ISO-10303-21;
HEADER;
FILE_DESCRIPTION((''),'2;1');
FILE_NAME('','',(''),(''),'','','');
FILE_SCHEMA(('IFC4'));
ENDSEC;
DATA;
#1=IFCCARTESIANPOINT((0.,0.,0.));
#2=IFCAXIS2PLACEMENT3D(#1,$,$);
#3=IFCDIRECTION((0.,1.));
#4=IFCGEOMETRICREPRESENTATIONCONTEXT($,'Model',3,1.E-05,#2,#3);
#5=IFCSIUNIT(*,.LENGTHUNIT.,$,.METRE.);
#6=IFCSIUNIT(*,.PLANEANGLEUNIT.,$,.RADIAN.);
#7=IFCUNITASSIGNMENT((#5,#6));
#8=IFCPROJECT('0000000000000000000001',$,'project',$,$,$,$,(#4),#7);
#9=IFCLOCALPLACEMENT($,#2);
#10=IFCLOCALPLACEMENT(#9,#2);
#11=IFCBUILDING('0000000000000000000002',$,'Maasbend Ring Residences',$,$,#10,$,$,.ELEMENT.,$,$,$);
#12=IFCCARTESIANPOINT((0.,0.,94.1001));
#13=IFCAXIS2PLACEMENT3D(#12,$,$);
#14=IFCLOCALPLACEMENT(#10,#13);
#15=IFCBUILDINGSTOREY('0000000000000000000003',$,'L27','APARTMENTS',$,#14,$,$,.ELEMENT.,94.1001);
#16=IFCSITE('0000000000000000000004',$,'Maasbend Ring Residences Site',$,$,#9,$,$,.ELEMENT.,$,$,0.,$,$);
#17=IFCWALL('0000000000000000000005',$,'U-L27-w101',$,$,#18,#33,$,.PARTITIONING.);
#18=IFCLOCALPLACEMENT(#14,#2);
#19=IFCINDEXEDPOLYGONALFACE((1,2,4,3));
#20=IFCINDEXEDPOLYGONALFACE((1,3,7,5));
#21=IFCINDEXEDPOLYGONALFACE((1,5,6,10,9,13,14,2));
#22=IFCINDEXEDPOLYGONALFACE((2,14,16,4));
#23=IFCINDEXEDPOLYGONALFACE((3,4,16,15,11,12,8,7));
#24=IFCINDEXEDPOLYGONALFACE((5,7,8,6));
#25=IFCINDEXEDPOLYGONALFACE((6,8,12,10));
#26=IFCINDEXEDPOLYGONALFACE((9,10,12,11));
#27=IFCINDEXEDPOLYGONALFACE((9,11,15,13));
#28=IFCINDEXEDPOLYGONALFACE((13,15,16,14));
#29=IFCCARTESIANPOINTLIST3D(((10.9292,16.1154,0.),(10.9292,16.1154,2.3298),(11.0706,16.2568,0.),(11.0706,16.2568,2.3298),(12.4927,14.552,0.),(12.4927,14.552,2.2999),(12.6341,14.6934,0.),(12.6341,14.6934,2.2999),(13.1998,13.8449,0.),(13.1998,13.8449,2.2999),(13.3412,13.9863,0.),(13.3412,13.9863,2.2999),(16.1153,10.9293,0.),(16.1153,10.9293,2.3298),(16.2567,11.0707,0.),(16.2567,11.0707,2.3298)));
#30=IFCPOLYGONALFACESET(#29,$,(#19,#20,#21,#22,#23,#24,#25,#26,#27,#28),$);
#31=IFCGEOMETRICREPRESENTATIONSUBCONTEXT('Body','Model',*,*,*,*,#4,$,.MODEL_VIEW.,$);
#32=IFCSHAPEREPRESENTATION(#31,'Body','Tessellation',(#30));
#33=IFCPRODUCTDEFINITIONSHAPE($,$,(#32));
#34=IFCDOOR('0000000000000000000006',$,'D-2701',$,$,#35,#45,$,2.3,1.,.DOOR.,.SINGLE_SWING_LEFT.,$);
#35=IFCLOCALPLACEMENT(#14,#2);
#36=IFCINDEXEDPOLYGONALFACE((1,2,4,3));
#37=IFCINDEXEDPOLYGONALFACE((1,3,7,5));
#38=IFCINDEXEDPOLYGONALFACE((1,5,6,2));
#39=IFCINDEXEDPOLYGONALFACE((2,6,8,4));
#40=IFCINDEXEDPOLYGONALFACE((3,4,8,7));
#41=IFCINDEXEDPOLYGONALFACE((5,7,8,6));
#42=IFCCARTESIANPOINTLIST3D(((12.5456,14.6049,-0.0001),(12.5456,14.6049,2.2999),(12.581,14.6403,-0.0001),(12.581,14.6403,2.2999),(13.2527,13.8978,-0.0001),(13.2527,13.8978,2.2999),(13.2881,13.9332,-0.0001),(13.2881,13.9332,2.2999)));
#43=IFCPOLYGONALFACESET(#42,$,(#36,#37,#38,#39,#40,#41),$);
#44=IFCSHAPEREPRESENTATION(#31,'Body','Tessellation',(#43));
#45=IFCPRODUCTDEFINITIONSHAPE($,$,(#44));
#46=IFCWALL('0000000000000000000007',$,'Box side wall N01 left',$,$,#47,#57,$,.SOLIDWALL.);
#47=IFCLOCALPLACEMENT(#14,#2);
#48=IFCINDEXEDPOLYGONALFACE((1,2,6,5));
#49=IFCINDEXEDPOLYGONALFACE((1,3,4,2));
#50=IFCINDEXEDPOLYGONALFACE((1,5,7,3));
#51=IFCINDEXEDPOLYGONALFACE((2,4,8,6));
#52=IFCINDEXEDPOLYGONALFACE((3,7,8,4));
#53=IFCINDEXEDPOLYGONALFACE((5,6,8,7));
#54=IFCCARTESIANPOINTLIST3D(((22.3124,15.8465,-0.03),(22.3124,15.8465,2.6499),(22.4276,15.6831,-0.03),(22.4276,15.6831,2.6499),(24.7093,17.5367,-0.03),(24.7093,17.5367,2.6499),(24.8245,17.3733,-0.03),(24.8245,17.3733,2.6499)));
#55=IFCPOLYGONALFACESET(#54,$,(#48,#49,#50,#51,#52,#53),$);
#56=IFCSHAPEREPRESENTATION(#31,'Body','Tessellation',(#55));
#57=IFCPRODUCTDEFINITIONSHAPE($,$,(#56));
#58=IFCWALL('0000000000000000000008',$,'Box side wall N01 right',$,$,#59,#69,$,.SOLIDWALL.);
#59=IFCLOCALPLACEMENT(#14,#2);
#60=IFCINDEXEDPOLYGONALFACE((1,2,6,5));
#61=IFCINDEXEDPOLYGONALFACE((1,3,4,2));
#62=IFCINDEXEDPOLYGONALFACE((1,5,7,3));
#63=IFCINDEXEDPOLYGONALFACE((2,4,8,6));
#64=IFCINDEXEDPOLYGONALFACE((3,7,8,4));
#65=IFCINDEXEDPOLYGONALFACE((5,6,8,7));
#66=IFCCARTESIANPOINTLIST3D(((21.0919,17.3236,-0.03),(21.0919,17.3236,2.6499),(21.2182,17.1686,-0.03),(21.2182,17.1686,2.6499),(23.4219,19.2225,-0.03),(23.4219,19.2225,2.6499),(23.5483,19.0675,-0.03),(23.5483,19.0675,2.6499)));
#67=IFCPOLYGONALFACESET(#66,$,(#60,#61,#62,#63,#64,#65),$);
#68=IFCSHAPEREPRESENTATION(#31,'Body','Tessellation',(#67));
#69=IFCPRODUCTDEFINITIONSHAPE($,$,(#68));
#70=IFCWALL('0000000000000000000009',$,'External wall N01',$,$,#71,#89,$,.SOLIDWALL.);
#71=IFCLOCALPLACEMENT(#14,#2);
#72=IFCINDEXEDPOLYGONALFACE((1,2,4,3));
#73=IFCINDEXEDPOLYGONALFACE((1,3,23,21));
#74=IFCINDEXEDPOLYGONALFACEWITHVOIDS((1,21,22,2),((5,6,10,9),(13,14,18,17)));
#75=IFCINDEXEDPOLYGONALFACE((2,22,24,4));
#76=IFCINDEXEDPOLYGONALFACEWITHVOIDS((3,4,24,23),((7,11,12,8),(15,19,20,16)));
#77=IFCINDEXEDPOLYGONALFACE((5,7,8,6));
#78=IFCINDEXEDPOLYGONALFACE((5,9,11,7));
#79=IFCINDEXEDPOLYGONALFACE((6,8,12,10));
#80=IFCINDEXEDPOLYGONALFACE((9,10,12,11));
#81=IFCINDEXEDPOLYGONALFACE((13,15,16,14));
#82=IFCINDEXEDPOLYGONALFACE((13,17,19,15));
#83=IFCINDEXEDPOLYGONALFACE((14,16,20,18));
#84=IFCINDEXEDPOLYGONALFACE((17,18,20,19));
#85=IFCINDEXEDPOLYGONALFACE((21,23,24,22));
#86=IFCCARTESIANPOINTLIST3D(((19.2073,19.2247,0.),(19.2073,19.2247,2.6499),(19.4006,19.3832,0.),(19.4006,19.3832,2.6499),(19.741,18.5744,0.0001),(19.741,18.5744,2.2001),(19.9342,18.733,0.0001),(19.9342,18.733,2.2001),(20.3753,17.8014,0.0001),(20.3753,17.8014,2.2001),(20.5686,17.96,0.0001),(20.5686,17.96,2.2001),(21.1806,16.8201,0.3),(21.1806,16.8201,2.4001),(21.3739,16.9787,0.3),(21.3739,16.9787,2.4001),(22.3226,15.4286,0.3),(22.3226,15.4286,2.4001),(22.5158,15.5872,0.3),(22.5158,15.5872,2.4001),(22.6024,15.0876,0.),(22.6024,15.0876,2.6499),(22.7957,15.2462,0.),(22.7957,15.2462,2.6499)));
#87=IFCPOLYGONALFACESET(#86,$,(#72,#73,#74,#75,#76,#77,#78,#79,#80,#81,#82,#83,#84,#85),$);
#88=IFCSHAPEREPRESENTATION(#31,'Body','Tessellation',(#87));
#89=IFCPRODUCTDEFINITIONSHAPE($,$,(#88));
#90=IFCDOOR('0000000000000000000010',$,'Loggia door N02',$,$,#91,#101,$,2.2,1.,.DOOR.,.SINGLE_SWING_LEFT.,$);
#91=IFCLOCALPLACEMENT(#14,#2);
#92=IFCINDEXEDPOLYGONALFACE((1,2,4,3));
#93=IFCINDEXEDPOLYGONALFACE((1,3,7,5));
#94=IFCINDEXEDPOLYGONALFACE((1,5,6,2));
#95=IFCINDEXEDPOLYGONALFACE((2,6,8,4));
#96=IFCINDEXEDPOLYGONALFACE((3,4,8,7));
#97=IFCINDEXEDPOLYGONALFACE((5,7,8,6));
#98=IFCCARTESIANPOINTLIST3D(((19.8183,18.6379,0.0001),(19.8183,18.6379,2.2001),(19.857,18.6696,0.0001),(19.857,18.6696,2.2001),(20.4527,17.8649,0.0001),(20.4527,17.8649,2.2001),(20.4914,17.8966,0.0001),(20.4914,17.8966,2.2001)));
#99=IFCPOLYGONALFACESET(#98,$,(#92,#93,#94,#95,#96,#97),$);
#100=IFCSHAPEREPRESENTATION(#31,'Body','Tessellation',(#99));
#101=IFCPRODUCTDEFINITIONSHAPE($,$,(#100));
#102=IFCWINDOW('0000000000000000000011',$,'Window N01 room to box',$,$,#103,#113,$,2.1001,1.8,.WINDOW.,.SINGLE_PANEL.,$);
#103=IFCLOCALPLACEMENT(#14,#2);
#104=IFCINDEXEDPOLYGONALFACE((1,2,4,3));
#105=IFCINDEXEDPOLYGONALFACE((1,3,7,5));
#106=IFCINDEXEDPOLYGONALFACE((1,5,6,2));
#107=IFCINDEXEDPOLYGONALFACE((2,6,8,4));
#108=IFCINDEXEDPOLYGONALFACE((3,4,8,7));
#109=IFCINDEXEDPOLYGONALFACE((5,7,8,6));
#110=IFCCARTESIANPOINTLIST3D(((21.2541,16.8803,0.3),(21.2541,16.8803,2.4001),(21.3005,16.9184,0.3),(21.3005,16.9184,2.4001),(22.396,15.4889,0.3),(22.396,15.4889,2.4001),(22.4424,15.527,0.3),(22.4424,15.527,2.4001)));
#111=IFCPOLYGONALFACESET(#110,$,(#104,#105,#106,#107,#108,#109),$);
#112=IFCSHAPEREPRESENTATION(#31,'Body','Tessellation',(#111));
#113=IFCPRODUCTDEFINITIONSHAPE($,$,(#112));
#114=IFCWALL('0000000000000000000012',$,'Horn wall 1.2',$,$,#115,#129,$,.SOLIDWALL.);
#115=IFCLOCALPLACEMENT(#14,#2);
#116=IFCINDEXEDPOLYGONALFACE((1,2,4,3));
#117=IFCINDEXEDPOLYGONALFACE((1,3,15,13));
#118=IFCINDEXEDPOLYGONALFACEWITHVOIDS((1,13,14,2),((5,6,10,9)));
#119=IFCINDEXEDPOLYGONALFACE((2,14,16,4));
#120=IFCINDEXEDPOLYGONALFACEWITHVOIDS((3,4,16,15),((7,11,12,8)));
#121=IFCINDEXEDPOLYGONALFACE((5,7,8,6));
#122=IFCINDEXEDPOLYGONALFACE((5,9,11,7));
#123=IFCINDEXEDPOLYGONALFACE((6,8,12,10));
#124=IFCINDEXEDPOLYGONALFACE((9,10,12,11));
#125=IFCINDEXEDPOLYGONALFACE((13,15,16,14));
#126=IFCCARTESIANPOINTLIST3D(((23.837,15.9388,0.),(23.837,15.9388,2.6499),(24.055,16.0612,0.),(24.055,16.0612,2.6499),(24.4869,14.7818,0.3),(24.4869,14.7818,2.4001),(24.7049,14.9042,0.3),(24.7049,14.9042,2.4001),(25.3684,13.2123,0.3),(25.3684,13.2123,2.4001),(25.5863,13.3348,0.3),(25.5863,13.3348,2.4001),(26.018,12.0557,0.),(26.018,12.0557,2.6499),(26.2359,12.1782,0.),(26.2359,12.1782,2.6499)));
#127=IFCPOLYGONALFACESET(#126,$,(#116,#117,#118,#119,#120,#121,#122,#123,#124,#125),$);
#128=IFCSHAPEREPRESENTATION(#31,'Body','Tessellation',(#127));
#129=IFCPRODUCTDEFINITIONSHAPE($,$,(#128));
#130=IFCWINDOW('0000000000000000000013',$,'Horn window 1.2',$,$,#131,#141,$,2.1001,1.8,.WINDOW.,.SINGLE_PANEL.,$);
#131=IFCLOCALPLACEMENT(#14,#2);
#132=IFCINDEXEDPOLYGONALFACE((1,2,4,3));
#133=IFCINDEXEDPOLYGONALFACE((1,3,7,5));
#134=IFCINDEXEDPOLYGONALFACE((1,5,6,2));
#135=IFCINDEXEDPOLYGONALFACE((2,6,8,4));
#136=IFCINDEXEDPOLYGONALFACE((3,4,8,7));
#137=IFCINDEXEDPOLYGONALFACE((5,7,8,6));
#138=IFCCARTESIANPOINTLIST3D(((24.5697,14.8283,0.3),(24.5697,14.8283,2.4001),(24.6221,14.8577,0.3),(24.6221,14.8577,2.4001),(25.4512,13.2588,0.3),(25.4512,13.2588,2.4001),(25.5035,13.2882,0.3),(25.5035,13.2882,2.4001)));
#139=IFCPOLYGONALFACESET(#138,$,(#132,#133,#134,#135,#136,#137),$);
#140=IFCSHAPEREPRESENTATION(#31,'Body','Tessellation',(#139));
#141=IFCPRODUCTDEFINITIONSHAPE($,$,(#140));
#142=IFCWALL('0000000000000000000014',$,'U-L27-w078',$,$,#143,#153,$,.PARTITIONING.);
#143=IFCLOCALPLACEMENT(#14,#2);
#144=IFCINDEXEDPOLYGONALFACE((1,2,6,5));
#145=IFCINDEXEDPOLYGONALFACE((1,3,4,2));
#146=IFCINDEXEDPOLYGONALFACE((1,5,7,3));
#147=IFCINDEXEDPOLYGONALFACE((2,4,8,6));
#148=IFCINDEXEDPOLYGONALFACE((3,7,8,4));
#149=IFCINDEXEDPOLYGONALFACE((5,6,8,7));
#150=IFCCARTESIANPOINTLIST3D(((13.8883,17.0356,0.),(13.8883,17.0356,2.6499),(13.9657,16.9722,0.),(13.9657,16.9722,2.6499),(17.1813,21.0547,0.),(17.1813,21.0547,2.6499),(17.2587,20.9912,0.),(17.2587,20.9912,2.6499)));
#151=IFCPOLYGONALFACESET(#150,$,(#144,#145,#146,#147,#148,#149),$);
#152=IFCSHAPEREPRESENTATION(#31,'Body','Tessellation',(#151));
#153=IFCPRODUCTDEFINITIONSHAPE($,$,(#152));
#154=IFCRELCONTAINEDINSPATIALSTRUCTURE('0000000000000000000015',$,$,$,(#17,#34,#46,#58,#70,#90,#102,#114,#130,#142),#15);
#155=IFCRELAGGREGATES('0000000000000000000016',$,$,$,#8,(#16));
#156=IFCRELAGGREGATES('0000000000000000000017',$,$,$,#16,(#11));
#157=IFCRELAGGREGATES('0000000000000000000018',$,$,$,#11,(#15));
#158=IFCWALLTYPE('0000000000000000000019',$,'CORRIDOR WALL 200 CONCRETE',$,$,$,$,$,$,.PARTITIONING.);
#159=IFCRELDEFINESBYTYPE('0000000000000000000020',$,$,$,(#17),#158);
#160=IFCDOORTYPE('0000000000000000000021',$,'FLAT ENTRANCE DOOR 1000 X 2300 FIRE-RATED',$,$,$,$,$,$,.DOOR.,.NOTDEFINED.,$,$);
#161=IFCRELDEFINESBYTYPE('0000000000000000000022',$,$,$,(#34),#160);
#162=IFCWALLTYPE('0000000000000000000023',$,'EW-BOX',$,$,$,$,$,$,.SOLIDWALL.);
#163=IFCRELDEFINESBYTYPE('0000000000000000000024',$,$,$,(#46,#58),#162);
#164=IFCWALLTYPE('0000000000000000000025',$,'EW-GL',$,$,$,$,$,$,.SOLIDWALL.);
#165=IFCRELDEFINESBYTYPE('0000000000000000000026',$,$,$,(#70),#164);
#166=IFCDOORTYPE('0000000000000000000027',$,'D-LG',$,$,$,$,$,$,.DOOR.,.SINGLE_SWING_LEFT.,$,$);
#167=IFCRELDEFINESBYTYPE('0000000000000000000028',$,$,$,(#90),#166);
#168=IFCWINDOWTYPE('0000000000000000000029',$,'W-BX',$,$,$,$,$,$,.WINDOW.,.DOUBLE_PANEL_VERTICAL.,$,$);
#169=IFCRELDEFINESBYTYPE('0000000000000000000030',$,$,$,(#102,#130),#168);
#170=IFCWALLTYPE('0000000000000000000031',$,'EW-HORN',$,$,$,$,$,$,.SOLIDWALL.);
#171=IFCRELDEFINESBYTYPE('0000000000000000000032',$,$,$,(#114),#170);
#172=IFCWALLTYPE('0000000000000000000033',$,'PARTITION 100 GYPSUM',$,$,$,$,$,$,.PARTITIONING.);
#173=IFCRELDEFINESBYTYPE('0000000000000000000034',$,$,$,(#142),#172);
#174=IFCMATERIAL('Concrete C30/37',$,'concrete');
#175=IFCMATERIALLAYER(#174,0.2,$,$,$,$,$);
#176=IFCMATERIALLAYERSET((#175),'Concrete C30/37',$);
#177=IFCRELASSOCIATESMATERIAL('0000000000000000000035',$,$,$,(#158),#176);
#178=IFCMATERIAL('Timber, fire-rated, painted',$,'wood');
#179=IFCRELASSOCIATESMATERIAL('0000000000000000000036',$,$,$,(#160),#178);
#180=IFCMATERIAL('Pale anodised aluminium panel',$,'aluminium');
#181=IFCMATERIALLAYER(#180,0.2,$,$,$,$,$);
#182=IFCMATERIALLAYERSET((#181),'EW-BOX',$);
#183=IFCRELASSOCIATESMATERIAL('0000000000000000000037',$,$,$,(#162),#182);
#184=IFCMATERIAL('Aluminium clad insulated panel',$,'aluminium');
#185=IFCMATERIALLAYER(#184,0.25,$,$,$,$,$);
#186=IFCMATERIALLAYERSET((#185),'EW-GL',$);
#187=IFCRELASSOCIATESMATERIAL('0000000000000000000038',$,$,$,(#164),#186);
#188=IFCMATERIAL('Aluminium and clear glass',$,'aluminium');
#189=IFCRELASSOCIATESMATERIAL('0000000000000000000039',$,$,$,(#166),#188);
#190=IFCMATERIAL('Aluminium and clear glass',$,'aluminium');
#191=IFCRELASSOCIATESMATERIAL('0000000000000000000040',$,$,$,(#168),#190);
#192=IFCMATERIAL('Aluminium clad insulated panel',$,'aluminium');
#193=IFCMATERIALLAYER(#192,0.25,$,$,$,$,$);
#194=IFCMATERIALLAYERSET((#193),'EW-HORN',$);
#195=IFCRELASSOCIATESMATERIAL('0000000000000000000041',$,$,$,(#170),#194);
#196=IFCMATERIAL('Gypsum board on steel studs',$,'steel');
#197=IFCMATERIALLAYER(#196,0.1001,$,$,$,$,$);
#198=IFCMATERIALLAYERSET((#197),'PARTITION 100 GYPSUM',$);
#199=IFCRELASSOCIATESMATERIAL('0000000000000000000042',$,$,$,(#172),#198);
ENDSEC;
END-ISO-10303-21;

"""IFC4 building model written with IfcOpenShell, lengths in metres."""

from ifc_helpers import new_model, si_unit, direction, frame, frame_2d, origin, place, context, subcontext, project, spatial, rectangle, extrude, material, layer, layer_set, type_object, element, fill, save


model = new_model("IFC4")

# Units and contexts
model_context = context("Model", 3, precision=1e-05, world=origin(), true_north=direction((0.0, 1.0)))
body_context = subcontext(model_context, "Body", "Model", "MODEL_VIEW")
ifc_project = project(units=[si_unit("LENGTHUNIT", "METRE"), si_unit("PLANEANGLEUNIT", "RADIAN")], contexts=[model_context])

# Site, building, storey
site_placement = place(None, origin())
site = spatial("IfcSite", under=ifc_project, at=site_placement, Name="Maasbend Ring Residences Site", CompositionType="ELEMENT", RefElevation=0.0)
building_placement = place(site_placement, origin())
building = spatial("IfcBuilding", under=site, at=building_placement, Name="Maasbend Ring Residences", CompositionType="ELEMENT")
storey_placement = place(building_placement, frame((0.0, 0.0, 94.1001)))
storey = spatial("IfcBuildingStorey", under=building, at=storey_placement, Name="L27", Description="APARTMENTS", CompositionType="ELEMENT", Elevation=94.1001)

# Wall, opening, door
ifc_material_1 = material(Name="Concrete C30/37", Category="concrete")
ifc_layer_1 = layer(ifc_material_1, 0.2)
ifc_layer_set_1 = layer_set([ifc_layer_1], Name="Concrete C30/37")
wall_type_1 = type_object("IfcWallType", Name="CORRIDOR WALL 200 CONCRETE", PredefinedType="PARTITIONING", material=ifc_layer_set_1)
wall_1_placement = place(storey_placement, frame((11.0, 16.186, 0.0), z_axis=(0.0, 0.0, 1.0), x_axis=(0.707107, -0.707107, 0.0)))
wall_1 = element("IfcWall", 1, at=wall_1_placement, inside=storey, type_object=wall_type_1, Name="U-L27-w101", PredefinedType="PARTITIONING", context=body_context, shape_type="SweptSolid", body=[
    extrude(rectangle(XDim=7.3342, YDim=0.2, at=frame_2d((3.667, 0.0))), origin(), (0.0, 0.0, 1.0), 2.3298),
])
opening_1_placement = place(wall_1_placement, frame((2.2109, 0.0, 0.0)))
opening_1 = element("IfcOpeningElement", 2, at=opening_1_placement, cuts=wall_1, PredefinedType="OPENING", context=body_context, shape_type="SweptSolid", body=[
    extrude(rectangle(XDim=1.0, YDim=2.3, at=frame_2d((0.5, 1.1499))), frame((0.0, 0.1099, 0.0), z_axis=(0.0, -1.0, 0.0), x_axis=(1.0, 0.0, 0.0)), (0.0, 0.0, 1.0), 0.22),
])
ifc_material_2 = material(Name="Timber, fire-rated, painted", Category="wood")
door_type_1 = type_object("IfcDoorType", Name="FLAT ENTRANCE DOOR 1000 X 2300 FIRE-RATED", OperationType="NOTDEFINED", PredefinedType="DOOR", material=ifc_material_2)
door_1_placement = place(opening_1_placement, origin())
door_1 = element("IfcDoor", 3, at=door_1_placement, inside=storey, type_object=door_type_1, Name="D-2701", OperationType="SINGLE_SWING_LEFT", OverallHeight=2.3, OverallWidth=1.0, PredefinedType="DOOR", context=body_context, shape_type="SweptSolid", body=[
    extrude(rectangle(XDim=1.0, YDim=2.3, at=frame_2d((0.5, 1.1499))), frame((0.0, 0.0249, 0.0), z_axis=(0.0, -1.0, 0.0), x_axis=(1.0, 0.0, 0.0)), (0.0, 0.0, 1.0), 0.05),
])
fill(opening_1, door_1)

# Walls
ifc_material_3 = material(Name="Pale anodised aluminium panel", Category="aluminium")
ifc_layer_2 = layer(ifc_material_3, 0.2)
ifc_layer_set_2 = layer_set([ifc_layer_2], Name="EW-BOX")
wall_type_2 = type_object("IfcWallType", Name="EW-BOX", PredefinedType="SOLIDWALL", material=ifc_layer_set_2)
wall_2_placement = place(storey_placement, frame((22.3701, 15.7649, -0.03), z_axis=(0.0, 0.0, 1.0), x_axis=(0.817256, 0.576275, 0.0)))
element("IfcWall", 4, at=wall_2_placement, inside=storey, type_object=wall_type_2, Name="Box side wall N01 left", PredefinedType="SOLIDWALL", context=body_context, shape_type="SweptSolid", body=[
    extrude(rectangle(XDim=2.9329, YDim=0.2, at=frame_2d((1.4663, 0.0))), origin(), (0.0, 0.0, 1.0), 2.6799),
])
wall_3_placement = place(storey_placement, frame((21.155, 17.2461, -0.03), z_axis=(0.0, 0.0, 1.0), x_axis=(0.775179, 0.631742, 0.0)))
element("IfcWall", 5, at=wall_3_placement, inside=storey, type_object=wall_type_2, Name="Box side wall N01 right", PredefinedType="SOLIDWALL", context=body_context, shape_type="SweptSolid", body=[
    extrude(rectangle(XDim=3.0059, YDim=0.2, at=frame_2d((1.5029, 0.0))), origin(), (0.0, 0.0, 1.0), 2.6799),
])

# Wall, openings, door, window
ifc_material_4 = material(Name="Aluminium clad insulated panel", Category="aluminium")
ifc_layer_3 = layer(ifc_material_4, 0.25)
ifc_layer_set_3 = layer_set([ifc_layer_3], Name="EW-GL")
wall_type_3 = type_object("IfcWallType", Name="EW-GL", PredefinedType="SOLIDWALL", material=ifc_layer_set_3)
wall_4_placement = place(storey_placement, frame((22.699, 15.167, 0.0), z_axis=(0.0, 0.0, 1.0), x_axis=(-0.634382, 0.773019, 0.0)))
wall_4 = element("IfcWall", 6, at=wall_4_placement, inside=storey, type_object=wall_type_3, Name="External wall N01", PredefinedType="SOLIDWALL", context=body_context, shape_type="SweptSolid", body=[
    extrude(rectangle(XDim=5.3518, YDim=0.25, at=frame_2d((2.6758, 0.0))), origin(), (0.0, 0.0, 1.0), 2.6499),
])
opening_2_placement = place(wall_4_placement, frame((0.4412, 0.0, 0.3)))
opening_2 = element("IfcOpeningElement", 7, at=opening_2_placement, cuts=wall_4, PredefinedType="OPENING", context=body_context, shape_type="SweptSolid", body=[
    extrude(rectangle(XDim=1.8, YDim=2.1001, at=frame_2d((0.8999, 1.05))), frame((0.0, 0.135, 0.0), z_axis=(0.0, -1.0, 0.0), x_axis=(1.0, 0.0, 0.0)), (0.0, 0.0, 1.0), 0.27),
])
opening_3_placement = place(wall_4_placement, frame((3.5105, 0.0, 0.0)))
opening_3 = element("IfcOpeningElement", 8, at=opening_3_placement, cuts=wall_4, PredefinedType="OPENING", context=body_context, shape_type="SweptSolid", body=[
    extrude(rectangle(XDim=1.0, YDim=2.2, at=frame_2d((0.5, 1.1001))), frame((0.0, 0.135, 0.0), z_axis=(0.0, -1.0, 0.0), x_axis=(1.0, 0.0, 0.0)), (0.0, 0.0, 1.0), 0.27),
])
ifc_material_5 = material(Name="Aluminium and clear glass", Category="aluminium")
door_type_2 = type_object("IfcDoorType", Name="D-LG", OperationType="SINGLE_SWING_LEFT", PredefinedType="DOOR", material=ifc_material_5)
door_2_placement = place(opening_3_placement, origin())
door_2 = element("IfcDoor", 9, at=door_2_placement, inside=storey, type_object=door_type_2, Name="Loggia door N02", OperationType="SINGLE_SWING_LEFT", OverallHeight=2.2, OverallWidth=1.0, PredefinedType="DOOR", context=body_context, shape_type="SweptSolid", body=[
    extrude(rectangle(XDim=1.0, YDim=2.2, at=frame_2d((0.5, 1.1001))), frame((0.0, 0.0249, 0.0), z_axis=(0.0, -1.0, 0.0), x_axis=(1.0, 0.0, 0.0)), (0.0, 0.0, 1.0), 0.05),
])
fill(opening_3, door_2)
ifc_material_6 = material(Name="Aluminium and clear glass", Category="aluminium")
window_type = type_object("IfcWindowType", Name="W-BX", PartitioningType="DOUBLE_PANEL_VERTICAL", PredefinedType="WINDOW", material=ifc_material_6)
window_1_placement = place(opening_2_placement, origin())
window_1 = element("IfcWindow", 10, at=window_1_placement, inside=storey, type_object=window_type, Name="Window N01 room to box", OverallHeight=2.1001, OverallWidth=1.8, PartitioningType="SINGLE_PANEL", PredefinedType="WINDOW", context=body_context, shape_type="SweptSolid", body=[
    extrude(rectangle(XDim=1.8, YDim=2.1001, at=frame_2d((0.8999, 1.05))), frame((0.0, 0.03, 0.0), z_axis=(0.0, -1.0, 0.0), x_axis=(1.0, 0.0, 0.0)), (0.0, 0.0, 1.0), 0.0601),
])
fill(opening_2, window_1)

# Wall, opening, window
ifc_material_7 = material(Name="Aluminium clad insulated panel", Category="aluminium")
ifc_layer_4 = layer(ifc_material_7, 0.25)
ifc_layer_set_4 = layer_set([ifc_layer_4], Name="EW-HORN")
wall_type_4 = type_object("IfcWallType", Name="EW-HORN", PredefinedType="SOLIDWALL", material=ifc_layer_set_4)
wall_5_placement = place(storey_placement, frame((26.127, 12.1169, 0.0), z_axis=(0.0, 0.0, 1.0), x_axis=(-0.489696, 0.871893, 0.0)))
wall_5 = element("IfcWall", 11, at=wall_5_placement, inside=storey, type_object=wall_type_4, Name="Horn wall 1.2", PredefinedType="SOLIDWALL", context=body_context, shape_type="SweptSolid", body=[
    extrude(rectangle(XDim=4.4536, YDim=0.25, at=frame_2d((2.2268, 0.0))), origin(), (0.0, 0.0, 1.0), 2.6499),
])
opening_4_placement = place(wall_5_placement, frame((1.3267, 0.0, 0.3)))
opening_4 = element("IfcOpeningElement", 12, at=opening_4_placement, cuts=wall_5, PredefinedType="OPENING", context=body_context, shape_type="SweptSolid", body=[
    extrude(rectangle(XDim=1.8, YDim=2.1001, at=frame_2d((0.8999, 1.05))), frame((0.0, 0.135, 0.0), z_axis=(0.0, -1.0, 0.0), x_axis=(1.0, 0.0, 0.0)), (0.0, 0.0, 1.0), 0.27),
])
window_2_placement = place(opening_4_placement, origin())
window_2 = element("IfcWindow", 13, at=window_2_placement, inside=storey, type_object=window_type, Name="Horn window 1.2", OverallHeight=2.1001, OverallWidth=1.8, PartitioningType="SINGLE_PANEL", PredefinedType="WINDOW", context=body_context, shape_type="SweptSolid", body=[
    extrude(rectangle(XDim=1.8, YDim=2.1001, at=frame_2d((0.8999, 1.05))), frame((0.0, 0.03, 0.0), z_axis=(0.0, -1.0, 0.0), x_axis=(1.0, 0.0, 0.0)), (0.0, 0.0, 1.0), 0.0601),
])
fill(opening_4, window_2)

# Wall
ifc_material_8 = material(Name="Gypsum board on steel studs", Category="steel")
ifc_layer_5 = layer(ifc_material_8, 0.1001)
ifc_layer_set_5 = layer_set([ifc_layer_5], Name="PARTITION 100 GYPSUM")
wall_type_5 = type_object("IfcWallType", Name="PARTITION 100 GYPSUM", PredefinedType="PARTITIONING", material=ifc_layer_set_5)
wall_6_placement = place(storey_placement, frame((13.927, 17.0039, 0.0), z_axis=(0.0, 0.0, 1.0), x_axis=(0.633775, 0.773517, 0.0)))
element("IfcWall", 14, at=wall_6_placement, inside=storey, type_object=wall_type_5, Name="U-L27-w078", PredefinedType="PARTITIONING", context=body_context, shape_type="SweptSolid", body=[
    extrude(rectangle(XDim=5.1958, YDim=0.1001, at=frame_2d((2.5979, 0.0))), origin(), (0.0, 0.0, 1.0), 2.6499),
])

save(model, "model.ifc")
